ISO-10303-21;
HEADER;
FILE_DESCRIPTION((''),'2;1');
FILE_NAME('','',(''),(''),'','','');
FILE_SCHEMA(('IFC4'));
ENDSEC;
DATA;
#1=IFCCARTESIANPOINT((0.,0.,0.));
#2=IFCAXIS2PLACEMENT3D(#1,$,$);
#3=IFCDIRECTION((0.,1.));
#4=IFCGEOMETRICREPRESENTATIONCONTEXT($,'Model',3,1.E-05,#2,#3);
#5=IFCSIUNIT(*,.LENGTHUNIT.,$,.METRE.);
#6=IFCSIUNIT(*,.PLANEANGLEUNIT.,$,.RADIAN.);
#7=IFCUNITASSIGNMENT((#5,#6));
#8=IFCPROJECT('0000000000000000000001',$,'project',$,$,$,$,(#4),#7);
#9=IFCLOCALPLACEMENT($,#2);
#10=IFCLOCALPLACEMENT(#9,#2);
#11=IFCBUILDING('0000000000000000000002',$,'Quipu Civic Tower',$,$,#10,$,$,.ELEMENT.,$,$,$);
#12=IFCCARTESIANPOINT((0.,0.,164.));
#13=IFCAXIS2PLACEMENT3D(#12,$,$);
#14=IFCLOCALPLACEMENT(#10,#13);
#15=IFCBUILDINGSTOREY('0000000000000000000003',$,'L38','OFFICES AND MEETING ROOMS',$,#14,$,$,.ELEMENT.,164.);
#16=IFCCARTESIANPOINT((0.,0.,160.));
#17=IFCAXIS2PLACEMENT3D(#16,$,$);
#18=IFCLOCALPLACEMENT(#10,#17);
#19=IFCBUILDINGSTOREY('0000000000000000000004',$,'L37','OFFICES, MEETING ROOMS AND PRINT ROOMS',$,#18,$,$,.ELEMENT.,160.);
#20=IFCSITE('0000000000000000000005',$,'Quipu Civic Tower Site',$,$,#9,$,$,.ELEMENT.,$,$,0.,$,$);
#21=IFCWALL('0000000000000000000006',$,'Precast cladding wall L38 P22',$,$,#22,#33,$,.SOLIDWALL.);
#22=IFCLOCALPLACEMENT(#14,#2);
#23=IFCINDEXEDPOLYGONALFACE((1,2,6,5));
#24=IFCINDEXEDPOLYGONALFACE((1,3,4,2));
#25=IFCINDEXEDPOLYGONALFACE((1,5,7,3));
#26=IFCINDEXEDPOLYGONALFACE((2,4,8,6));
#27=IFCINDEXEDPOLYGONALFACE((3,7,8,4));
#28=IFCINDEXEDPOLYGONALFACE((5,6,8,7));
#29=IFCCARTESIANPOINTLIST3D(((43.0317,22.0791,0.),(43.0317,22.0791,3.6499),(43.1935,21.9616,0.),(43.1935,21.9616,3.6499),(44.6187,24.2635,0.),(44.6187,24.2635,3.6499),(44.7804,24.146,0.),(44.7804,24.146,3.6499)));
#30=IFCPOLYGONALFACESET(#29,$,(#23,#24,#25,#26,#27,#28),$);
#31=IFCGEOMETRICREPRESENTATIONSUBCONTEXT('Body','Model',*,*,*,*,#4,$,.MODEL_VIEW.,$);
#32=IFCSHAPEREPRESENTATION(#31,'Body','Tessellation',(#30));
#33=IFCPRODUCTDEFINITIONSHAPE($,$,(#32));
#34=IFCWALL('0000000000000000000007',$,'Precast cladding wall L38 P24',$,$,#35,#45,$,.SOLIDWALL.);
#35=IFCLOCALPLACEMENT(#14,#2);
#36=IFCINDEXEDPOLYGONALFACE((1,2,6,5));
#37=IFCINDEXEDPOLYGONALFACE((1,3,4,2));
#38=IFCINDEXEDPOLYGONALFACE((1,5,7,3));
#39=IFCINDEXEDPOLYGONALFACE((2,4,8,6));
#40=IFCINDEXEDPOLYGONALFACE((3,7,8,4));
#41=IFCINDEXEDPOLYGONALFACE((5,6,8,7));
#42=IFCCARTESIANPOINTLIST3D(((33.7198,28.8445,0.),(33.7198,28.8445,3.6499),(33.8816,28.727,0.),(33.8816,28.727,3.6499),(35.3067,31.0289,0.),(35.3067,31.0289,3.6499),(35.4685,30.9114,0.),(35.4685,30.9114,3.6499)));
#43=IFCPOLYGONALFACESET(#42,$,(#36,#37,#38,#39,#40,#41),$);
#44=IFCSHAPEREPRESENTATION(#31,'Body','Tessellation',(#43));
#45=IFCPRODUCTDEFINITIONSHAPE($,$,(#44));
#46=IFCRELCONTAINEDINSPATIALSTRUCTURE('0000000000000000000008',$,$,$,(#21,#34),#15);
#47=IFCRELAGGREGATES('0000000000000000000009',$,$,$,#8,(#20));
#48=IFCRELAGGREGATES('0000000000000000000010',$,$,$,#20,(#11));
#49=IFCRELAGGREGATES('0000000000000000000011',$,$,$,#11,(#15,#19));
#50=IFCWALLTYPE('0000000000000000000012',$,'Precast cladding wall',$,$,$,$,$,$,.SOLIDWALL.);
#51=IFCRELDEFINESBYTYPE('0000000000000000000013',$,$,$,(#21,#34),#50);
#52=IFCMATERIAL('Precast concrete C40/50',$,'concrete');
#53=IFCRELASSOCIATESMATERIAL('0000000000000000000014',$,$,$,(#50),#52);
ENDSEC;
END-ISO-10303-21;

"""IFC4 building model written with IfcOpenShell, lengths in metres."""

from ifc_helpers import new_model, si_unit, direction, frame, frame_2d, origin, place, context, subcontext, project, spatial, rectangle, extrude, material, type_object, element, save


model = new_model("IFC4")

# Units and contexts
model_context = context("Model", 3, precision=1e-05, world=origin(), true_north=direction((0.0, 1.0)))
body_context = subcontext(model_context, "Body", "Model", "MODEL_VIEW")
ifc_project = project(units=[si_unit("LENGTHUNIT", "METRE"), si_unit("PLANEANGLEUNIT", "RADIAN")], contexts=[model_context])

# Site, building, storey
site_placement = place(None, origin())
site = spatial("IfcSite", under=ifc_project, at=site_placement, Name="Quipu Civic Tower Site", CompositionType="ELEMENT", RefElevation=0.0)
building_placement = place(site_placement, origin())
building = spatial("IfcBuilding", under=site, at=building_placement, Name="Quipu Civic Tower", CompositionType="ELEMENT")
storey_1_placement = place(building_placement, frame((0.0, 0.0, 164.0)))
storey_1 = spatial("IfcBuildingStorey", under=building, at=storey_1_placement, Name="L38", Description="OFFICES AND MEETING ROOMS", CompositionType="ELEMENT", Elevation=164.0)

# Shared definitions
storey_2_placement = place(building_placement, frame((0.0, 0.0, 160.0)))
storey_2 = spatial("IfcBuildingStorey", under=building, at=storey_2_placement, Name="L37", Description="OFFICES, MEETING ROOMS AND PRINT ROOMS", CompositionType="ELEMENT", Elevation=160.0)

# Walls
ifc_material_1 = material(Name="Precast concrete C40/50", Category="concrete")
wall_type_1 = type_object("IfcWallType", Name="Precast cladding wall", PredefinedType="SOLIDWALL", material=ifc_material_1)
for number, where, z_axis, x_axis, name in (
    (1, (43.1125, 22.0203, 0.0), (0.0, 0.0, 1.0), (0.587763, 0.809033, 0.0), "Precast cladding wall L38 P22"),
    (2, (35.3877, 30.9702, 0.0), (0.0, 0.0, 1.0), (-0.587763, -0.809033, 0.0), "Precast cladding wall L38 P24"),
):
    element("IfcWall", number, at=place(storey_1_placement, frame(where, z_axis=z_axis, x_axis=x_axis)), inside=storey_1, type_object=wall_type_1, Name=name, PredefinedType="SOLIDWALL", context=body_context, shape_type="SweptSolid", body=[
        extrude(rectangle(XDim=2.7, YDim=0.2, at=frame_2d((1.3501, 0.0))), origin(), (0.0, 0.0, 1.0), 3.6499),
    ])

save(model, "model.ifc")
